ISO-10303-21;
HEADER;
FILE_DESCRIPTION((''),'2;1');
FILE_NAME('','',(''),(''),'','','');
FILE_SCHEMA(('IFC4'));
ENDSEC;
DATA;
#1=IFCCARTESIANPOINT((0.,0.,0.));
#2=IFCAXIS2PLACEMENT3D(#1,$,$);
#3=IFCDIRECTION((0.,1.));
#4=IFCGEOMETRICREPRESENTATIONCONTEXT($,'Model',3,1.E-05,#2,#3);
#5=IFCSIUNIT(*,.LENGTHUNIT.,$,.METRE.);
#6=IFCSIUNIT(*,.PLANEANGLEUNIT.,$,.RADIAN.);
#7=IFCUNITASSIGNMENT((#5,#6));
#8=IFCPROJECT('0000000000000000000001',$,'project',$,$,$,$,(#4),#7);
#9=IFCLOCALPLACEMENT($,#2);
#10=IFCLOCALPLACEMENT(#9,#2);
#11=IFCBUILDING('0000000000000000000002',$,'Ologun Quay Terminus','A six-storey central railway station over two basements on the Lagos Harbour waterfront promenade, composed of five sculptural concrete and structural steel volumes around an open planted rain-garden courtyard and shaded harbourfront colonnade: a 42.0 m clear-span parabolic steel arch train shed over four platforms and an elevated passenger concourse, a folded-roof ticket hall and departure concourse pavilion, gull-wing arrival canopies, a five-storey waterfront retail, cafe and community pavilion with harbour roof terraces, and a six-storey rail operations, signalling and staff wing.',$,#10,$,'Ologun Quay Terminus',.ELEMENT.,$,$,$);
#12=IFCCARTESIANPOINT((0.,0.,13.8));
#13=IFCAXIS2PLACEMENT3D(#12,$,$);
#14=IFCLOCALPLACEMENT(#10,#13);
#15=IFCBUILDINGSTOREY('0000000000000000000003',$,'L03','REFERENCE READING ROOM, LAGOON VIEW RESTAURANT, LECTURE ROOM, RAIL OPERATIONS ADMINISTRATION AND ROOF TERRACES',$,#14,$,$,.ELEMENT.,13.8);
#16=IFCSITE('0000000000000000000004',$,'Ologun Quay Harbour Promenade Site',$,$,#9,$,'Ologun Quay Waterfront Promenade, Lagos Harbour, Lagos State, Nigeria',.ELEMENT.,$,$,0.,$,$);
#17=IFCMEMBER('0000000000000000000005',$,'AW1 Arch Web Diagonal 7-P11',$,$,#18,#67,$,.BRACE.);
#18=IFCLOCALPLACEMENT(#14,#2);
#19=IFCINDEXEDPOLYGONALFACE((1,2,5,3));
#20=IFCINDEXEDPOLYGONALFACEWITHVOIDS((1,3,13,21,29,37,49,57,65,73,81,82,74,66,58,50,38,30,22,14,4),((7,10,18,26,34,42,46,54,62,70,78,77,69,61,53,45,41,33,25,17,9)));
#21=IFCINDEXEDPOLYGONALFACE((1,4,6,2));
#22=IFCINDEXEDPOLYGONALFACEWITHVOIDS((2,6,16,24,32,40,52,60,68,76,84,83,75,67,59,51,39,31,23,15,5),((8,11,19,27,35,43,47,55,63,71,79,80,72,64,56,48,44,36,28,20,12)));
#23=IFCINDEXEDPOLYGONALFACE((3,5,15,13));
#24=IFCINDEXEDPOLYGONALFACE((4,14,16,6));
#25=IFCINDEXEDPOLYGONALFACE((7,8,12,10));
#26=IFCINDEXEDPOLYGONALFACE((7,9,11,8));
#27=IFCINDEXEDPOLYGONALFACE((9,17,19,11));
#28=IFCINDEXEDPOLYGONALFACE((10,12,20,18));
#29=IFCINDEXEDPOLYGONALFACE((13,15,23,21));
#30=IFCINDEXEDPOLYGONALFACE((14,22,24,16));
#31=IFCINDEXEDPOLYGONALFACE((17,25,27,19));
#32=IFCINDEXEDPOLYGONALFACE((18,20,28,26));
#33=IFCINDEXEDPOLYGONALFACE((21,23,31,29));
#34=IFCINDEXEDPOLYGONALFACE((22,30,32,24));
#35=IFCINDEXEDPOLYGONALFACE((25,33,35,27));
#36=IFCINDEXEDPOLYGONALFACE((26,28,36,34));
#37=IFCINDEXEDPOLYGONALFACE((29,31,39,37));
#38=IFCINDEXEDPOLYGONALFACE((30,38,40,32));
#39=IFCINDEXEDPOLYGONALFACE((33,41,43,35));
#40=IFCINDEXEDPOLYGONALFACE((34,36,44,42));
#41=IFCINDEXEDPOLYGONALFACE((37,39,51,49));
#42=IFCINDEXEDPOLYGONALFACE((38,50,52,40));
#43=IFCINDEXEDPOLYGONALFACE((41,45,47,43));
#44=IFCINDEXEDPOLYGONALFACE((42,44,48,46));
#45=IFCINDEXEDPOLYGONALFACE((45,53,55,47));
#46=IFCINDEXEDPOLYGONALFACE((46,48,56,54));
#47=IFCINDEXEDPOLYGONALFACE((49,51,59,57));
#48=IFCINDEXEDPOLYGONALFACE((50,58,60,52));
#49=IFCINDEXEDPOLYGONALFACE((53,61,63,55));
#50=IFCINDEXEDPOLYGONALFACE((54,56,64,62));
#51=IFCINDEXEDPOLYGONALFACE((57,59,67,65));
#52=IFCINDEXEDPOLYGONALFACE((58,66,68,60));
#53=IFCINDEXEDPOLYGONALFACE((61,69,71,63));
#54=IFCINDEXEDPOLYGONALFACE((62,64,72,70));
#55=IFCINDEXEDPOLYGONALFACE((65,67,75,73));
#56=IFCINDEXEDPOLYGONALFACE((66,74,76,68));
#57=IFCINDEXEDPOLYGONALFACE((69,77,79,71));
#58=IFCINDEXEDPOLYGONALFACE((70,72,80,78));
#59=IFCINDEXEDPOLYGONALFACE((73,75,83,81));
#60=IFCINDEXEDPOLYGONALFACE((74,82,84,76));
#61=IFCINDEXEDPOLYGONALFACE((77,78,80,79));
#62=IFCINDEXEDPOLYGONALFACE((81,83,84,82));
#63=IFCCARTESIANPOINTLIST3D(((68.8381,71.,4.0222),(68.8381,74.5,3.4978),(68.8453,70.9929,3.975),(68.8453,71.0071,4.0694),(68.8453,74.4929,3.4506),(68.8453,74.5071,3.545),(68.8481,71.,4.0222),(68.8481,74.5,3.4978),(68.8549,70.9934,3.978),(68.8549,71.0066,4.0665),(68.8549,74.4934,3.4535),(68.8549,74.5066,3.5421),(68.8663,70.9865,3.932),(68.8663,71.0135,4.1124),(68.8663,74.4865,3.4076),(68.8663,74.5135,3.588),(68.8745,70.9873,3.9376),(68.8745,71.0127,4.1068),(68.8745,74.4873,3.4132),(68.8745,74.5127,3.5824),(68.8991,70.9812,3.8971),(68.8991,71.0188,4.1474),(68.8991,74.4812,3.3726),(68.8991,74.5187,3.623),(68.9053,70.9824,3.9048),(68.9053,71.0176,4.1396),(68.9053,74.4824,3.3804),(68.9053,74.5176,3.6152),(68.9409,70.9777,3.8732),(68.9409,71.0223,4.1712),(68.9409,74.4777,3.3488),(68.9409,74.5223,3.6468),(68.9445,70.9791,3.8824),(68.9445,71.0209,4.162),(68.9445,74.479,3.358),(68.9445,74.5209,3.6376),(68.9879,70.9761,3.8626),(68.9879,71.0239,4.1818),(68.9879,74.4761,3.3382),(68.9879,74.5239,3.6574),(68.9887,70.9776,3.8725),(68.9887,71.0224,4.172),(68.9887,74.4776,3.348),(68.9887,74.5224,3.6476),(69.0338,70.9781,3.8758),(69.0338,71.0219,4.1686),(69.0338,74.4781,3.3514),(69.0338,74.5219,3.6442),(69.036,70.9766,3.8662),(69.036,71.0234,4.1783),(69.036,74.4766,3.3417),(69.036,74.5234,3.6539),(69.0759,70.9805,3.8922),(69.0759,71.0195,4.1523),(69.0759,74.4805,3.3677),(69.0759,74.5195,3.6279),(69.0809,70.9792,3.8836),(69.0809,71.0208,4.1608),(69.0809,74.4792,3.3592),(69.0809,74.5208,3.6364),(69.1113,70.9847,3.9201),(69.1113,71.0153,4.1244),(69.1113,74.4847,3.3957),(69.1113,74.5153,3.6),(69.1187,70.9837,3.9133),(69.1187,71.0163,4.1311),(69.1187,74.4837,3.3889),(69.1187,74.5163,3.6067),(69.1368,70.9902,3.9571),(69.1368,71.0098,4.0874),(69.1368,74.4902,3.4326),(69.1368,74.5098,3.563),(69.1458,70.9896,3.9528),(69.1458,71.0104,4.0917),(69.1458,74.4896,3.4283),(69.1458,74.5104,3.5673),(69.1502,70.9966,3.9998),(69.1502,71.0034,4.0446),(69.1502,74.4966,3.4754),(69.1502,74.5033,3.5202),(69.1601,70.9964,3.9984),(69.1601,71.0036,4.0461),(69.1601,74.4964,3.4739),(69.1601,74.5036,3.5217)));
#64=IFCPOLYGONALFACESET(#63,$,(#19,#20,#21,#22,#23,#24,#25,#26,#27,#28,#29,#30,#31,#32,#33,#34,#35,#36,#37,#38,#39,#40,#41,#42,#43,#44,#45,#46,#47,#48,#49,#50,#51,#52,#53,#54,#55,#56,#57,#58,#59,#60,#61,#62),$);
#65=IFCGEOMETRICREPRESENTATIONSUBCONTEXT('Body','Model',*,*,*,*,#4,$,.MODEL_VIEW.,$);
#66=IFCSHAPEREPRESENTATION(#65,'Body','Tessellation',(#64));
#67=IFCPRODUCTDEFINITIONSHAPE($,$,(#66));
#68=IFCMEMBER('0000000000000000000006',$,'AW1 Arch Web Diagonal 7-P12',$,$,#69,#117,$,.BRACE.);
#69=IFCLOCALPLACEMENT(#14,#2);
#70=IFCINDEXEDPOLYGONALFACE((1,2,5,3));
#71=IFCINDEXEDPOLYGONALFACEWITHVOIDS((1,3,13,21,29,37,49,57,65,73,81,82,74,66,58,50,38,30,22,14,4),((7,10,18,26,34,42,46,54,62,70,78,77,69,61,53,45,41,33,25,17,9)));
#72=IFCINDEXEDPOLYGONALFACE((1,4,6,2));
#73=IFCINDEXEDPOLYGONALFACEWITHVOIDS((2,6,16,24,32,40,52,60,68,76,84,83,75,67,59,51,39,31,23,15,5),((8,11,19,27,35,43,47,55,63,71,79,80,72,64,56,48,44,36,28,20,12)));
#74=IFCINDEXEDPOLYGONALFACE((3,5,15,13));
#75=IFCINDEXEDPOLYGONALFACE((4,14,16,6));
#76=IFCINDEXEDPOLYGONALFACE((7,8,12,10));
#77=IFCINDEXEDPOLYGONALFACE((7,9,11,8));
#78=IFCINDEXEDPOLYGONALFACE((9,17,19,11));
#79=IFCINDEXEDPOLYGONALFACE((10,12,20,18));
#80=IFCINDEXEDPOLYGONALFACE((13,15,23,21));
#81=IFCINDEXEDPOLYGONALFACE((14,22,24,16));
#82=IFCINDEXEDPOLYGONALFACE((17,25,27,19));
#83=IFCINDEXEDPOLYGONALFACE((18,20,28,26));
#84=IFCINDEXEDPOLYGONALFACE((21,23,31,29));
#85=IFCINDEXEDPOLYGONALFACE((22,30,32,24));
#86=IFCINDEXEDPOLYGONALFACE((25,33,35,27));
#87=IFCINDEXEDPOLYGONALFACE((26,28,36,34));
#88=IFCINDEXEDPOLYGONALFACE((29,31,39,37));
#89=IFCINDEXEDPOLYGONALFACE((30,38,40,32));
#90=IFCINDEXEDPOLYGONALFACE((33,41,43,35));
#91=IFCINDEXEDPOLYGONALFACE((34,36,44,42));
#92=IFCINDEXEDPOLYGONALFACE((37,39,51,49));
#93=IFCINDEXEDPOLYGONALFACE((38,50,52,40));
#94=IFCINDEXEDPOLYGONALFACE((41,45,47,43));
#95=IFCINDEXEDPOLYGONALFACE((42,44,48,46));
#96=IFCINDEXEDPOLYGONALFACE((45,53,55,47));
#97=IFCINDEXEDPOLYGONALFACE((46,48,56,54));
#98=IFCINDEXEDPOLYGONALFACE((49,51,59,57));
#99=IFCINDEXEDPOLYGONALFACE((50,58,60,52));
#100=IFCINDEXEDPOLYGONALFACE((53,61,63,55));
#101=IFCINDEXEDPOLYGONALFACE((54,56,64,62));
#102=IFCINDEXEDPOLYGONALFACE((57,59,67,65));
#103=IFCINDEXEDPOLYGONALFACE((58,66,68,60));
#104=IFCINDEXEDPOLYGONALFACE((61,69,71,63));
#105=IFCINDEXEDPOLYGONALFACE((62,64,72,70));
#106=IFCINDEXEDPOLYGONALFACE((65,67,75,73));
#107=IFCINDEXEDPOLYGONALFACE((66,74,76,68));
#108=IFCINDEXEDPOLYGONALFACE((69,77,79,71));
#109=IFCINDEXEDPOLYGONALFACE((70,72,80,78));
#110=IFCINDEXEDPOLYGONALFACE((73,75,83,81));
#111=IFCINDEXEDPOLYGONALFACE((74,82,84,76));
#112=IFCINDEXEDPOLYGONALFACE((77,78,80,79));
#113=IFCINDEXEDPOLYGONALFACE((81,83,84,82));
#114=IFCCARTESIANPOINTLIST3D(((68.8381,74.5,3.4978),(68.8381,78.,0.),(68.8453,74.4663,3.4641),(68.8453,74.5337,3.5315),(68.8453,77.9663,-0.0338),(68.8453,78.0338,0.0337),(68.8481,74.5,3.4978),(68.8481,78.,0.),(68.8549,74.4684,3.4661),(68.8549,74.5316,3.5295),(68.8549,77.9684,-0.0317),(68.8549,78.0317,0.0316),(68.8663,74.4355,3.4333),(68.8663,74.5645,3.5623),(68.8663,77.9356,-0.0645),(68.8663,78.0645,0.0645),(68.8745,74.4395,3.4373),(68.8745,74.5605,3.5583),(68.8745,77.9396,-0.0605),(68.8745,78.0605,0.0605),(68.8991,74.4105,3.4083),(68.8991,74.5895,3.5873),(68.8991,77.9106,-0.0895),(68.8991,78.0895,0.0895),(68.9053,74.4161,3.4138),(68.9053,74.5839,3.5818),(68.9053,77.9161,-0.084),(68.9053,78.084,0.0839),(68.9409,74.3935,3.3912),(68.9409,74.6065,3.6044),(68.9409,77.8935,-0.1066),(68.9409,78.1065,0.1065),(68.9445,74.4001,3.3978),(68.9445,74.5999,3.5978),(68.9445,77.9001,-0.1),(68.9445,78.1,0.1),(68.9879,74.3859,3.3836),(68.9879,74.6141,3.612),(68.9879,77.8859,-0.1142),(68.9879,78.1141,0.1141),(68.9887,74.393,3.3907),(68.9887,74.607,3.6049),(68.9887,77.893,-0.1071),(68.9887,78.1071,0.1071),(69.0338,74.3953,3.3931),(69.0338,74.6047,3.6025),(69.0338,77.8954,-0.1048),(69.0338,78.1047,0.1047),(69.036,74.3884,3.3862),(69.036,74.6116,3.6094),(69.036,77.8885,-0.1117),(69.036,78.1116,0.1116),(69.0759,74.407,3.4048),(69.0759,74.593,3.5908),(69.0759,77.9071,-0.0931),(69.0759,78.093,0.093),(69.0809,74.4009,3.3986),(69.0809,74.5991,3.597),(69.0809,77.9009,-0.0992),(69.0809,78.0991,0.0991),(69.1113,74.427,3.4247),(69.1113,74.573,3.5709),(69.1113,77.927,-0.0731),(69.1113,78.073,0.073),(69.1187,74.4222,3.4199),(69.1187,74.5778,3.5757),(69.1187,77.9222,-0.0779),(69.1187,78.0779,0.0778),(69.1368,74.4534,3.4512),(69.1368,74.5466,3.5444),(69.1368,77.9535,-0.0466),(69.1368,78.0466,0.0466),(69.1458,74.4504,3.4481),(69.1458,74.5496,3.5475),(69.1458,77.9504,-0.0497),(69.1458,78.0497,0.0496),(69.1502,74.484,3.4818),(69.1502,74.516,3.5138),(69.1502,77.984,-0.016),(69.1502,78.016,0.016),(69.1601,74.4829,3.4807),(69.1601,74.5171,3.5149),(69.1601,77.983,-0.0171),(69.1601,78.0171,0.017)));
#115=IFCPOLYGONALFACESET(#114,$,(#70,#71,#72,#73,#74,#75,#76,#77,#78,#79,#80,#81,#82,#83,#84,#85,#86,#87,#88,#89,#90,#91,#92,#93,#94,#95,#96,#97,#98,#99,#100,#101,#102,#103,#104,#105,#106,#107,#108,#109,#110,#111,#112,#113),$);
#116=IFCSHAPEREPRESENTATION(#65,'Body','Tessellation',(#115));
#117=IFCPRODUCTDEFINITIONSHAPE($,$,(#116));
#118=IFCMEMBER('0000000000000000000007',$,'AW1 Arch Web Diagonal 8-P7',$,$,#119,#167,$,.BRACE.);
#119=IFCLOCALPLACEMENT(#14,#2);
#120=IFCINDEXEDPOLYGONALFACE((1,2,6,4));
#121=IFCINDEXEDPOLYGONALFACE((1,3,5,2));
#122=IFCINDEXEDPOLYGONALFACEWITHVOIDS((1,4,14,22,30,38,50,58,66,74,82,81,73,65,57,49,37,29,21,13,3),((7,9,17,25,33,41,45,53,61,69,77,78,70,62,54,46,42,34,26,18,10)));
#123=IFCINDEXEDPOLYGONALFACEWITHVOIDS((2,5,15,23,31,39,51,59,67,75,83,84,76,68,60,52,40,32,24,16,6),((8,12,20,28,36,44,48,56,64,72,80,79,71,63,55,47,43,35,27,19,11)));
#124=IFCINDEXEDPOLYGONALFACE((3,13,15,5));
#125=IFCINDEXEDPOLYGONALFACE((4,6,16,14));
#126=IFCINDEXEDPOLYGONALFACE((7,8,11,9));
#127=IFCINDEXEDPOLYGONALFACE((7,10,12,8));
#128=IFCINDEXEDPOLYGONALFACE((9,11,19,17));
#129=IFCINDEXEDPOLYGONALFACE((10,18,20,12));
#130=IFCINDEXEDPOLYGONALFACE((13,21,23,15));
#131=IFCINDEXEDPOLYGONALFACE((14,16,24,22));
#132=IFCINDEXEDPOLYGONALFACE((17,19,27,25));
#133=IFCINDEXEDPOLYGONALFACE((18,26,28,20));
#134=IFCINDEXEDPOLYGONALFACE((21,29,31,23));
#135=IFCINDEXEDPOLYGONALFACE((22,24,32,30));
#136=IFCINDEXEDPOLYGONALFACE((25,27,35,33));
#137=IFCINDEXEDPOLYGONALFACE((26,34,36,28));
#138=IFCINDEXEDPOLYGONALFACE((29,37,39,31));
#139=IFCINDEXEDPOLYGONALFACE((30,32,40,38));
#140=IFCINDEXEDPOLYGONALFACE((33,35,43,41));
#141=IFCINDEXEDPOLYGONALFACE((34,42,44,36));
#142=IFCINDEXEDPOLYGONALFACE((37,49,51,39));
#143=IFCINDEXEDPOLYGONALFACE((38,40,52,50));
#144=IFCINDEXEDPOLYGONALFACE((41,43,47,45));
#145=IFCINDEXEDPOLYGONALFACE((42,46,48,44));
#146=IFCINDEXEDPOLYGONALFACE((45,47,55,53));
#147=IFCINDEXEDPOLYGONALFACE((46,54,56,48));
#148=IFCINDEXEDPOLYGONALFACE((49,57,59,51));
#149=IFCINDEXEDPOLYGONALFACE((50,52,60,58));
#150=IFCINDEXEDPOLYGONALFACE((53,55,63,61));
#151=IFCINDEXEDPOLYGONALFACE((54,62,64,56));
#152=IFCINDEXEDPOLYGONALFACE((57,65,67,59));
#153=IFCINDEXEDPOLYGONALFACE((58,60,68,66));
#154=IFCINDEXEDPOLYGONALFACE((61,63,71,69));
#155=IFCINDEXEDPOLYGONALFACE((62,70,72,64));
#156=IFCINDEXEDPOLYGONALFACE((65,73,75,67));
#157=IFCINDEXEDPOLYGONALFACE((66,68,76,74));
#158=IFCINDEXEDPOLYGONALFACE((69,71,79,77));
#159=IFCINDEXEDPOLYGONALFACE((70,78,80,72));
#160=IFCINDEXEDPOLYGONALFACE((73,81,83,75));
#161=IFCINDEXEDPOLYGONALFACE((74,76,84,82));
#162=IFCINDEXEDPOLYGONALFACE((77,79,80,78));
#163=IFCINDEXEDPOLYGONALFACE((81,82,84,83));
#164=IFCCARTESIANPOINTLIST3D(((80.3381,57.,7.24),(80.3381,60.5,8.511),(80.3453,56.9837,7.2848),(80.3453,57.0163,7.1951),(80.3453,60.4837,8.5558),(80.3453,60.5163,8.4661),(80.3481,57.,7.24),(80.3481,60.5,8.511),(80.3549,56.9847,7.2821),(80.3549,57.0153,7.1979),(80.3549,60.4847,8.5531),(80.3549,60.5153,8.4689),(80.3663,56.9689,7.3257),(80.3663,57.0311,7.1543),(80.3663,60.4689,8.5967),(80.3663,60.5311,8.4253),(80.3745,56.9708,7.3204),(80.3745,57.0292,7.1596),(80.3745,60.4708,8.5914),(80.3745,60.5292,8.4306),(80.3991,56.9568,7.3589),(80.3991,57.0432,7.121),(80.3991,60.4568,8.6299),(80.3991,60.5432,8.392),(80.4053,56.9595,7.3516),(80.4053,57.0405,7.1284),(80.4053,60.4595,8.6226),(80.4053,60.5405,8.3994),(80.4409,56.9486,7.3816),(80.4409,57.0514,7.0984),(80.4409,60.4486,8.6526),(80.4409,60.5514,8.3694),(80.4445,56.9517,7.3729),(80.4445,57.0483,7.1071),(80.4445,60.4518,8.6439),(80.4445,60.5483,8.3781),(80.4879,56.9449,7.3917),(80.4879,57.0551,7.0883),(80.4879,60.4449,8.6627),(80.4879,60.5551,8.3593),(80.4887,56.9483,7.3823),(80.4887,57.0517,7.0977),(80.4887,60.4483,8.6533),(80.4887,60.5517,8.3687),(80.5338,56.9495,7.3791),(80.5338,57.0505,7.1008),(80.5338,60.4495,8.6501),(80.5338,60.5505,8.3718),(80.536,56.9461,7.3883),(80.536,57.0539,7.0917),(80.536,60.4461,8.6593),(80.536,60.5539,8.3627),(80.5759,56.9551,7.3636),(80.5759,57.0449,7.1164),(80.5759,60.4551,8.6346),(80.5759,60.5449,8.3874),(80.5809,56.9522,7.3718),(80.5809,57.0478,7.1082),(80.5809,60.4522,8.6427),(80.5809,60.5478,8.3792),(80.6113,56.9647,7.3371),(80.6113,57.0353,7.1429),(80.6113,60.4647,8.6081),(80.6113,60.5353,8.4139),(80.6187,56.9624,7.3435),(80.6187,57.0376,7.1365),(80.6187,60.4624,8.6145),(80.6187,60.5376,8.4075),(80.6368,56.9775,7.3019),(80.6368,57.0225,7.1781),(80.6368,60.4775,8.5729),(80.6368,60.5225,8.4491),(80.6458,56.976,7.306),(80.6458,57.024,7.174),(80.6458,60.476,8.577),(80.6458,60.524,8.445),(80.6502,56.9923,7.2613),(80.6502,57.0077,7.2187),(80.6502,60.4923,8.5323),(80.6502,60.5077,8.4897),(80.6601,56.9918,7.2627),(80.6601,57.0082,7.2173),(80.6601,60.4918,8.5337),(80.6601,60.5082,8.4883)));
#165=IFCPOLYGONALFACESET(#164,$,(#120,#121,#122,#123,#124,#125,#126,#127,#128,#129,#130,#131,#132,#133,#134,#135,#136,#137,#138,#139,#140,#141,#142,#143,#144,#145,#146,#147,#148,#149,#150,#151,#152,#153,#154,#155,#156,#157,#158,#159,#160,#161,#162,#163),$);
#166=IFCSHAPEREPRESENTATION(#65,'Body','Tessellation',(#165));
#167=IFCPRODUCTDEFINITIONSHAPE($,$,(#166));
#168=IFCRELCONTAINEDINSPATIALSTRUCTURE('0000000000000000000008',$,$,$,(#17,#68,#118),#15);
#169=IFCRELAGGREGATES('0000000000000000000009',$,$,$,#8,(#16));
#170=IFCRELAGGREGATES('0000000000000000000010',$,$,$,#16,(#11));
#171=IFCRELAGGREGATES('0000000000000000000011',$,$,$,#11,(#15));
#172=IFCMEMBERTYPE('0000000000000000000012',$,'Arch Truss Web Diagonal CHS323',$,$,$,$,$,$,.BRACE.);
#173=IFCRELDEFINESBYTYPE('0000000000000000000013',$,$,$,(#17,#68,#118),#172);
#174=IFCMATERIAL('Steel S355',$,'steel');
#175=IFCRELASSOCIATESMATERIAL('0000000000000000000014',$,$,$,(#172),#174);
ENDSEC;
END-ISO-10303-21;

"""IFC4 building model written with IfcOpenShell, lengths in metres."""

from ifc_helpers import new_model, si_unit, direction, frame, origin, origin_2d, place, context, subcontext, project, spatial, hollow_circle, extrude, material, material_profile, profile_set, type_object, element, save


model = new_model("IFC4")

# Units and contexts
model_context = context("Model", 3, precision=1e-05, world=origin(), true_north=direction((0.0, 1.0)))
body_context = subcontext(model_context, "Body", "Model", "MODEL_VIEW")
ifc_project = project(units=[si_unit("LENGTHUNIT", "METRE"), si_unit("PLANEANGLEUNIT", "RADIAN")], contexts=[model_context])

# Site, building, storey
site_placement = place(None, origin())
site = spatial("IfcSite", under=ifc_project, at=site_placement, Name="Ologun Quay Harbour Promenade Site", LongName="Ologun Quay Waterfront Promenade, Lagos Harbour, Lagos State, Nigeria", CompositionType="ELEMENT", RefElevation=0.0)
building_placement = place(site_placement, origin())
building = spatial("IfcBuilding", under=site, at=building_placement, Name="Ologun Quay Terminus", Description="A six-storey central railway station over two basements on the Lagos Harbour waterfront promenade, composed of five sculptural concrete and structural steel volumes around an open planted rain-garden courtyard and shaded harbourfront colonnade: a 42.0 m clear-span parabolic steel arch train shed over four platforms and an elevated passenger concourse, a folded-roof ticket hall and departure concourse pavilion, gull-wing arrival canopies, a five-storey waterfront retail, cafe and community pavilion with harbour roof terraces, and a six-storey rail operations, signalling and staff wing.", LongName="Ologun Quay Terminus", CompositionType="ELEMENT")
storey_placement = place(building_placement, frame((0.0, 0.0, 13.8)))
storey = spatial("IfcBuildingStorey", under=building, at=storey_placement, Name="L03", Description="REFERENCE READING ROOM, LAGOON VIEW RESTAURANT, LECTURE ROOM, RAIL OPERATIONS ADMINISTRATION AND ROOF TERRACES", CompositionType="ELEMENT", Elevation=13.8)

# Members
ifc_material_1 = material(Name="Steel S355", Category="steel")
ifc_material_profile_1 = material_profile(ifc_material_1, hollow_circle(Radius=0.1619, WallThickness=0.01, at=origin_2d()), Name="CHS 323.9x10")
ifc_profile_set_1 = profile_set([ifc_material_profile_1], Name="Steel S355")
member_type_1 = type_object("IfcMemberType", Name="Arch Truss Web Diagonal CHS323", PredefinedType="BRACE", material=ifc_profile_set_1)
member_1_placement = place(storey_placement, frame((69.0, 71.0, 4.0222), z_axis=(0.0, 0.988961, -0.148179), x_axis=(-1.0, 0.0, 0.0)))
element("IfcMember", 1, at=member_1_placement, inside=storey, type_object=member_type_1, Name="AW1 Arch Web Diagonal 7-P11", PredefinedType="BRACE", context=body_context, shape_type="SweptSolid", body=[
    extrude(hollow_circle(Radius=0.1619, WallThickness=0.01, at=origin_2d()), origin(), (0.0, 0.0, 1.0), 3.5391),
])
member_2_placement = place(storey_placement, frame((69.0, 74.5, 3.4978), z_axis=(0.0, 0.707329, -0.706885), x_axis=(-1.0, 0.0, 0.0)))
element("IfcMember", 2, at=member_2_placement, inside=storey, type_object=member_type_1, Name="AW1 Arch Web Diagonal 7-P12", PredefinedType="BRACE", context=body_context, shape_type="SweptSolid", body=[
    extrude(hollow_circle(Radius=0.1619, WallThickness=0.01, at=origin_2d()), origin(), (0.0, 0.0, 1.0), 4.9482),
])
member_3_placement = place(storey_placement, frame((80.5, 57.0, 7.24), z_axis=(0.0, 0.939943, 0.341332), x_axis=(-1.0, 0.0, 0.0)))
element("IfcMember", 3, at=member_3_placement, inside=storey, type_object=member_type_1, Name="AW1 Arch Web Diagonal 8-P7", PredefinedType="BRACE", context=body_context, shape_type="SweptSolid", body=[
    extrude(hollow_circle(Radius=0.1619, WallThickness=0.01, at=origin_2d()), origin(), (0.0, 0.0, 1.0), 3.7236),
])

save(model, "model.ifc")
